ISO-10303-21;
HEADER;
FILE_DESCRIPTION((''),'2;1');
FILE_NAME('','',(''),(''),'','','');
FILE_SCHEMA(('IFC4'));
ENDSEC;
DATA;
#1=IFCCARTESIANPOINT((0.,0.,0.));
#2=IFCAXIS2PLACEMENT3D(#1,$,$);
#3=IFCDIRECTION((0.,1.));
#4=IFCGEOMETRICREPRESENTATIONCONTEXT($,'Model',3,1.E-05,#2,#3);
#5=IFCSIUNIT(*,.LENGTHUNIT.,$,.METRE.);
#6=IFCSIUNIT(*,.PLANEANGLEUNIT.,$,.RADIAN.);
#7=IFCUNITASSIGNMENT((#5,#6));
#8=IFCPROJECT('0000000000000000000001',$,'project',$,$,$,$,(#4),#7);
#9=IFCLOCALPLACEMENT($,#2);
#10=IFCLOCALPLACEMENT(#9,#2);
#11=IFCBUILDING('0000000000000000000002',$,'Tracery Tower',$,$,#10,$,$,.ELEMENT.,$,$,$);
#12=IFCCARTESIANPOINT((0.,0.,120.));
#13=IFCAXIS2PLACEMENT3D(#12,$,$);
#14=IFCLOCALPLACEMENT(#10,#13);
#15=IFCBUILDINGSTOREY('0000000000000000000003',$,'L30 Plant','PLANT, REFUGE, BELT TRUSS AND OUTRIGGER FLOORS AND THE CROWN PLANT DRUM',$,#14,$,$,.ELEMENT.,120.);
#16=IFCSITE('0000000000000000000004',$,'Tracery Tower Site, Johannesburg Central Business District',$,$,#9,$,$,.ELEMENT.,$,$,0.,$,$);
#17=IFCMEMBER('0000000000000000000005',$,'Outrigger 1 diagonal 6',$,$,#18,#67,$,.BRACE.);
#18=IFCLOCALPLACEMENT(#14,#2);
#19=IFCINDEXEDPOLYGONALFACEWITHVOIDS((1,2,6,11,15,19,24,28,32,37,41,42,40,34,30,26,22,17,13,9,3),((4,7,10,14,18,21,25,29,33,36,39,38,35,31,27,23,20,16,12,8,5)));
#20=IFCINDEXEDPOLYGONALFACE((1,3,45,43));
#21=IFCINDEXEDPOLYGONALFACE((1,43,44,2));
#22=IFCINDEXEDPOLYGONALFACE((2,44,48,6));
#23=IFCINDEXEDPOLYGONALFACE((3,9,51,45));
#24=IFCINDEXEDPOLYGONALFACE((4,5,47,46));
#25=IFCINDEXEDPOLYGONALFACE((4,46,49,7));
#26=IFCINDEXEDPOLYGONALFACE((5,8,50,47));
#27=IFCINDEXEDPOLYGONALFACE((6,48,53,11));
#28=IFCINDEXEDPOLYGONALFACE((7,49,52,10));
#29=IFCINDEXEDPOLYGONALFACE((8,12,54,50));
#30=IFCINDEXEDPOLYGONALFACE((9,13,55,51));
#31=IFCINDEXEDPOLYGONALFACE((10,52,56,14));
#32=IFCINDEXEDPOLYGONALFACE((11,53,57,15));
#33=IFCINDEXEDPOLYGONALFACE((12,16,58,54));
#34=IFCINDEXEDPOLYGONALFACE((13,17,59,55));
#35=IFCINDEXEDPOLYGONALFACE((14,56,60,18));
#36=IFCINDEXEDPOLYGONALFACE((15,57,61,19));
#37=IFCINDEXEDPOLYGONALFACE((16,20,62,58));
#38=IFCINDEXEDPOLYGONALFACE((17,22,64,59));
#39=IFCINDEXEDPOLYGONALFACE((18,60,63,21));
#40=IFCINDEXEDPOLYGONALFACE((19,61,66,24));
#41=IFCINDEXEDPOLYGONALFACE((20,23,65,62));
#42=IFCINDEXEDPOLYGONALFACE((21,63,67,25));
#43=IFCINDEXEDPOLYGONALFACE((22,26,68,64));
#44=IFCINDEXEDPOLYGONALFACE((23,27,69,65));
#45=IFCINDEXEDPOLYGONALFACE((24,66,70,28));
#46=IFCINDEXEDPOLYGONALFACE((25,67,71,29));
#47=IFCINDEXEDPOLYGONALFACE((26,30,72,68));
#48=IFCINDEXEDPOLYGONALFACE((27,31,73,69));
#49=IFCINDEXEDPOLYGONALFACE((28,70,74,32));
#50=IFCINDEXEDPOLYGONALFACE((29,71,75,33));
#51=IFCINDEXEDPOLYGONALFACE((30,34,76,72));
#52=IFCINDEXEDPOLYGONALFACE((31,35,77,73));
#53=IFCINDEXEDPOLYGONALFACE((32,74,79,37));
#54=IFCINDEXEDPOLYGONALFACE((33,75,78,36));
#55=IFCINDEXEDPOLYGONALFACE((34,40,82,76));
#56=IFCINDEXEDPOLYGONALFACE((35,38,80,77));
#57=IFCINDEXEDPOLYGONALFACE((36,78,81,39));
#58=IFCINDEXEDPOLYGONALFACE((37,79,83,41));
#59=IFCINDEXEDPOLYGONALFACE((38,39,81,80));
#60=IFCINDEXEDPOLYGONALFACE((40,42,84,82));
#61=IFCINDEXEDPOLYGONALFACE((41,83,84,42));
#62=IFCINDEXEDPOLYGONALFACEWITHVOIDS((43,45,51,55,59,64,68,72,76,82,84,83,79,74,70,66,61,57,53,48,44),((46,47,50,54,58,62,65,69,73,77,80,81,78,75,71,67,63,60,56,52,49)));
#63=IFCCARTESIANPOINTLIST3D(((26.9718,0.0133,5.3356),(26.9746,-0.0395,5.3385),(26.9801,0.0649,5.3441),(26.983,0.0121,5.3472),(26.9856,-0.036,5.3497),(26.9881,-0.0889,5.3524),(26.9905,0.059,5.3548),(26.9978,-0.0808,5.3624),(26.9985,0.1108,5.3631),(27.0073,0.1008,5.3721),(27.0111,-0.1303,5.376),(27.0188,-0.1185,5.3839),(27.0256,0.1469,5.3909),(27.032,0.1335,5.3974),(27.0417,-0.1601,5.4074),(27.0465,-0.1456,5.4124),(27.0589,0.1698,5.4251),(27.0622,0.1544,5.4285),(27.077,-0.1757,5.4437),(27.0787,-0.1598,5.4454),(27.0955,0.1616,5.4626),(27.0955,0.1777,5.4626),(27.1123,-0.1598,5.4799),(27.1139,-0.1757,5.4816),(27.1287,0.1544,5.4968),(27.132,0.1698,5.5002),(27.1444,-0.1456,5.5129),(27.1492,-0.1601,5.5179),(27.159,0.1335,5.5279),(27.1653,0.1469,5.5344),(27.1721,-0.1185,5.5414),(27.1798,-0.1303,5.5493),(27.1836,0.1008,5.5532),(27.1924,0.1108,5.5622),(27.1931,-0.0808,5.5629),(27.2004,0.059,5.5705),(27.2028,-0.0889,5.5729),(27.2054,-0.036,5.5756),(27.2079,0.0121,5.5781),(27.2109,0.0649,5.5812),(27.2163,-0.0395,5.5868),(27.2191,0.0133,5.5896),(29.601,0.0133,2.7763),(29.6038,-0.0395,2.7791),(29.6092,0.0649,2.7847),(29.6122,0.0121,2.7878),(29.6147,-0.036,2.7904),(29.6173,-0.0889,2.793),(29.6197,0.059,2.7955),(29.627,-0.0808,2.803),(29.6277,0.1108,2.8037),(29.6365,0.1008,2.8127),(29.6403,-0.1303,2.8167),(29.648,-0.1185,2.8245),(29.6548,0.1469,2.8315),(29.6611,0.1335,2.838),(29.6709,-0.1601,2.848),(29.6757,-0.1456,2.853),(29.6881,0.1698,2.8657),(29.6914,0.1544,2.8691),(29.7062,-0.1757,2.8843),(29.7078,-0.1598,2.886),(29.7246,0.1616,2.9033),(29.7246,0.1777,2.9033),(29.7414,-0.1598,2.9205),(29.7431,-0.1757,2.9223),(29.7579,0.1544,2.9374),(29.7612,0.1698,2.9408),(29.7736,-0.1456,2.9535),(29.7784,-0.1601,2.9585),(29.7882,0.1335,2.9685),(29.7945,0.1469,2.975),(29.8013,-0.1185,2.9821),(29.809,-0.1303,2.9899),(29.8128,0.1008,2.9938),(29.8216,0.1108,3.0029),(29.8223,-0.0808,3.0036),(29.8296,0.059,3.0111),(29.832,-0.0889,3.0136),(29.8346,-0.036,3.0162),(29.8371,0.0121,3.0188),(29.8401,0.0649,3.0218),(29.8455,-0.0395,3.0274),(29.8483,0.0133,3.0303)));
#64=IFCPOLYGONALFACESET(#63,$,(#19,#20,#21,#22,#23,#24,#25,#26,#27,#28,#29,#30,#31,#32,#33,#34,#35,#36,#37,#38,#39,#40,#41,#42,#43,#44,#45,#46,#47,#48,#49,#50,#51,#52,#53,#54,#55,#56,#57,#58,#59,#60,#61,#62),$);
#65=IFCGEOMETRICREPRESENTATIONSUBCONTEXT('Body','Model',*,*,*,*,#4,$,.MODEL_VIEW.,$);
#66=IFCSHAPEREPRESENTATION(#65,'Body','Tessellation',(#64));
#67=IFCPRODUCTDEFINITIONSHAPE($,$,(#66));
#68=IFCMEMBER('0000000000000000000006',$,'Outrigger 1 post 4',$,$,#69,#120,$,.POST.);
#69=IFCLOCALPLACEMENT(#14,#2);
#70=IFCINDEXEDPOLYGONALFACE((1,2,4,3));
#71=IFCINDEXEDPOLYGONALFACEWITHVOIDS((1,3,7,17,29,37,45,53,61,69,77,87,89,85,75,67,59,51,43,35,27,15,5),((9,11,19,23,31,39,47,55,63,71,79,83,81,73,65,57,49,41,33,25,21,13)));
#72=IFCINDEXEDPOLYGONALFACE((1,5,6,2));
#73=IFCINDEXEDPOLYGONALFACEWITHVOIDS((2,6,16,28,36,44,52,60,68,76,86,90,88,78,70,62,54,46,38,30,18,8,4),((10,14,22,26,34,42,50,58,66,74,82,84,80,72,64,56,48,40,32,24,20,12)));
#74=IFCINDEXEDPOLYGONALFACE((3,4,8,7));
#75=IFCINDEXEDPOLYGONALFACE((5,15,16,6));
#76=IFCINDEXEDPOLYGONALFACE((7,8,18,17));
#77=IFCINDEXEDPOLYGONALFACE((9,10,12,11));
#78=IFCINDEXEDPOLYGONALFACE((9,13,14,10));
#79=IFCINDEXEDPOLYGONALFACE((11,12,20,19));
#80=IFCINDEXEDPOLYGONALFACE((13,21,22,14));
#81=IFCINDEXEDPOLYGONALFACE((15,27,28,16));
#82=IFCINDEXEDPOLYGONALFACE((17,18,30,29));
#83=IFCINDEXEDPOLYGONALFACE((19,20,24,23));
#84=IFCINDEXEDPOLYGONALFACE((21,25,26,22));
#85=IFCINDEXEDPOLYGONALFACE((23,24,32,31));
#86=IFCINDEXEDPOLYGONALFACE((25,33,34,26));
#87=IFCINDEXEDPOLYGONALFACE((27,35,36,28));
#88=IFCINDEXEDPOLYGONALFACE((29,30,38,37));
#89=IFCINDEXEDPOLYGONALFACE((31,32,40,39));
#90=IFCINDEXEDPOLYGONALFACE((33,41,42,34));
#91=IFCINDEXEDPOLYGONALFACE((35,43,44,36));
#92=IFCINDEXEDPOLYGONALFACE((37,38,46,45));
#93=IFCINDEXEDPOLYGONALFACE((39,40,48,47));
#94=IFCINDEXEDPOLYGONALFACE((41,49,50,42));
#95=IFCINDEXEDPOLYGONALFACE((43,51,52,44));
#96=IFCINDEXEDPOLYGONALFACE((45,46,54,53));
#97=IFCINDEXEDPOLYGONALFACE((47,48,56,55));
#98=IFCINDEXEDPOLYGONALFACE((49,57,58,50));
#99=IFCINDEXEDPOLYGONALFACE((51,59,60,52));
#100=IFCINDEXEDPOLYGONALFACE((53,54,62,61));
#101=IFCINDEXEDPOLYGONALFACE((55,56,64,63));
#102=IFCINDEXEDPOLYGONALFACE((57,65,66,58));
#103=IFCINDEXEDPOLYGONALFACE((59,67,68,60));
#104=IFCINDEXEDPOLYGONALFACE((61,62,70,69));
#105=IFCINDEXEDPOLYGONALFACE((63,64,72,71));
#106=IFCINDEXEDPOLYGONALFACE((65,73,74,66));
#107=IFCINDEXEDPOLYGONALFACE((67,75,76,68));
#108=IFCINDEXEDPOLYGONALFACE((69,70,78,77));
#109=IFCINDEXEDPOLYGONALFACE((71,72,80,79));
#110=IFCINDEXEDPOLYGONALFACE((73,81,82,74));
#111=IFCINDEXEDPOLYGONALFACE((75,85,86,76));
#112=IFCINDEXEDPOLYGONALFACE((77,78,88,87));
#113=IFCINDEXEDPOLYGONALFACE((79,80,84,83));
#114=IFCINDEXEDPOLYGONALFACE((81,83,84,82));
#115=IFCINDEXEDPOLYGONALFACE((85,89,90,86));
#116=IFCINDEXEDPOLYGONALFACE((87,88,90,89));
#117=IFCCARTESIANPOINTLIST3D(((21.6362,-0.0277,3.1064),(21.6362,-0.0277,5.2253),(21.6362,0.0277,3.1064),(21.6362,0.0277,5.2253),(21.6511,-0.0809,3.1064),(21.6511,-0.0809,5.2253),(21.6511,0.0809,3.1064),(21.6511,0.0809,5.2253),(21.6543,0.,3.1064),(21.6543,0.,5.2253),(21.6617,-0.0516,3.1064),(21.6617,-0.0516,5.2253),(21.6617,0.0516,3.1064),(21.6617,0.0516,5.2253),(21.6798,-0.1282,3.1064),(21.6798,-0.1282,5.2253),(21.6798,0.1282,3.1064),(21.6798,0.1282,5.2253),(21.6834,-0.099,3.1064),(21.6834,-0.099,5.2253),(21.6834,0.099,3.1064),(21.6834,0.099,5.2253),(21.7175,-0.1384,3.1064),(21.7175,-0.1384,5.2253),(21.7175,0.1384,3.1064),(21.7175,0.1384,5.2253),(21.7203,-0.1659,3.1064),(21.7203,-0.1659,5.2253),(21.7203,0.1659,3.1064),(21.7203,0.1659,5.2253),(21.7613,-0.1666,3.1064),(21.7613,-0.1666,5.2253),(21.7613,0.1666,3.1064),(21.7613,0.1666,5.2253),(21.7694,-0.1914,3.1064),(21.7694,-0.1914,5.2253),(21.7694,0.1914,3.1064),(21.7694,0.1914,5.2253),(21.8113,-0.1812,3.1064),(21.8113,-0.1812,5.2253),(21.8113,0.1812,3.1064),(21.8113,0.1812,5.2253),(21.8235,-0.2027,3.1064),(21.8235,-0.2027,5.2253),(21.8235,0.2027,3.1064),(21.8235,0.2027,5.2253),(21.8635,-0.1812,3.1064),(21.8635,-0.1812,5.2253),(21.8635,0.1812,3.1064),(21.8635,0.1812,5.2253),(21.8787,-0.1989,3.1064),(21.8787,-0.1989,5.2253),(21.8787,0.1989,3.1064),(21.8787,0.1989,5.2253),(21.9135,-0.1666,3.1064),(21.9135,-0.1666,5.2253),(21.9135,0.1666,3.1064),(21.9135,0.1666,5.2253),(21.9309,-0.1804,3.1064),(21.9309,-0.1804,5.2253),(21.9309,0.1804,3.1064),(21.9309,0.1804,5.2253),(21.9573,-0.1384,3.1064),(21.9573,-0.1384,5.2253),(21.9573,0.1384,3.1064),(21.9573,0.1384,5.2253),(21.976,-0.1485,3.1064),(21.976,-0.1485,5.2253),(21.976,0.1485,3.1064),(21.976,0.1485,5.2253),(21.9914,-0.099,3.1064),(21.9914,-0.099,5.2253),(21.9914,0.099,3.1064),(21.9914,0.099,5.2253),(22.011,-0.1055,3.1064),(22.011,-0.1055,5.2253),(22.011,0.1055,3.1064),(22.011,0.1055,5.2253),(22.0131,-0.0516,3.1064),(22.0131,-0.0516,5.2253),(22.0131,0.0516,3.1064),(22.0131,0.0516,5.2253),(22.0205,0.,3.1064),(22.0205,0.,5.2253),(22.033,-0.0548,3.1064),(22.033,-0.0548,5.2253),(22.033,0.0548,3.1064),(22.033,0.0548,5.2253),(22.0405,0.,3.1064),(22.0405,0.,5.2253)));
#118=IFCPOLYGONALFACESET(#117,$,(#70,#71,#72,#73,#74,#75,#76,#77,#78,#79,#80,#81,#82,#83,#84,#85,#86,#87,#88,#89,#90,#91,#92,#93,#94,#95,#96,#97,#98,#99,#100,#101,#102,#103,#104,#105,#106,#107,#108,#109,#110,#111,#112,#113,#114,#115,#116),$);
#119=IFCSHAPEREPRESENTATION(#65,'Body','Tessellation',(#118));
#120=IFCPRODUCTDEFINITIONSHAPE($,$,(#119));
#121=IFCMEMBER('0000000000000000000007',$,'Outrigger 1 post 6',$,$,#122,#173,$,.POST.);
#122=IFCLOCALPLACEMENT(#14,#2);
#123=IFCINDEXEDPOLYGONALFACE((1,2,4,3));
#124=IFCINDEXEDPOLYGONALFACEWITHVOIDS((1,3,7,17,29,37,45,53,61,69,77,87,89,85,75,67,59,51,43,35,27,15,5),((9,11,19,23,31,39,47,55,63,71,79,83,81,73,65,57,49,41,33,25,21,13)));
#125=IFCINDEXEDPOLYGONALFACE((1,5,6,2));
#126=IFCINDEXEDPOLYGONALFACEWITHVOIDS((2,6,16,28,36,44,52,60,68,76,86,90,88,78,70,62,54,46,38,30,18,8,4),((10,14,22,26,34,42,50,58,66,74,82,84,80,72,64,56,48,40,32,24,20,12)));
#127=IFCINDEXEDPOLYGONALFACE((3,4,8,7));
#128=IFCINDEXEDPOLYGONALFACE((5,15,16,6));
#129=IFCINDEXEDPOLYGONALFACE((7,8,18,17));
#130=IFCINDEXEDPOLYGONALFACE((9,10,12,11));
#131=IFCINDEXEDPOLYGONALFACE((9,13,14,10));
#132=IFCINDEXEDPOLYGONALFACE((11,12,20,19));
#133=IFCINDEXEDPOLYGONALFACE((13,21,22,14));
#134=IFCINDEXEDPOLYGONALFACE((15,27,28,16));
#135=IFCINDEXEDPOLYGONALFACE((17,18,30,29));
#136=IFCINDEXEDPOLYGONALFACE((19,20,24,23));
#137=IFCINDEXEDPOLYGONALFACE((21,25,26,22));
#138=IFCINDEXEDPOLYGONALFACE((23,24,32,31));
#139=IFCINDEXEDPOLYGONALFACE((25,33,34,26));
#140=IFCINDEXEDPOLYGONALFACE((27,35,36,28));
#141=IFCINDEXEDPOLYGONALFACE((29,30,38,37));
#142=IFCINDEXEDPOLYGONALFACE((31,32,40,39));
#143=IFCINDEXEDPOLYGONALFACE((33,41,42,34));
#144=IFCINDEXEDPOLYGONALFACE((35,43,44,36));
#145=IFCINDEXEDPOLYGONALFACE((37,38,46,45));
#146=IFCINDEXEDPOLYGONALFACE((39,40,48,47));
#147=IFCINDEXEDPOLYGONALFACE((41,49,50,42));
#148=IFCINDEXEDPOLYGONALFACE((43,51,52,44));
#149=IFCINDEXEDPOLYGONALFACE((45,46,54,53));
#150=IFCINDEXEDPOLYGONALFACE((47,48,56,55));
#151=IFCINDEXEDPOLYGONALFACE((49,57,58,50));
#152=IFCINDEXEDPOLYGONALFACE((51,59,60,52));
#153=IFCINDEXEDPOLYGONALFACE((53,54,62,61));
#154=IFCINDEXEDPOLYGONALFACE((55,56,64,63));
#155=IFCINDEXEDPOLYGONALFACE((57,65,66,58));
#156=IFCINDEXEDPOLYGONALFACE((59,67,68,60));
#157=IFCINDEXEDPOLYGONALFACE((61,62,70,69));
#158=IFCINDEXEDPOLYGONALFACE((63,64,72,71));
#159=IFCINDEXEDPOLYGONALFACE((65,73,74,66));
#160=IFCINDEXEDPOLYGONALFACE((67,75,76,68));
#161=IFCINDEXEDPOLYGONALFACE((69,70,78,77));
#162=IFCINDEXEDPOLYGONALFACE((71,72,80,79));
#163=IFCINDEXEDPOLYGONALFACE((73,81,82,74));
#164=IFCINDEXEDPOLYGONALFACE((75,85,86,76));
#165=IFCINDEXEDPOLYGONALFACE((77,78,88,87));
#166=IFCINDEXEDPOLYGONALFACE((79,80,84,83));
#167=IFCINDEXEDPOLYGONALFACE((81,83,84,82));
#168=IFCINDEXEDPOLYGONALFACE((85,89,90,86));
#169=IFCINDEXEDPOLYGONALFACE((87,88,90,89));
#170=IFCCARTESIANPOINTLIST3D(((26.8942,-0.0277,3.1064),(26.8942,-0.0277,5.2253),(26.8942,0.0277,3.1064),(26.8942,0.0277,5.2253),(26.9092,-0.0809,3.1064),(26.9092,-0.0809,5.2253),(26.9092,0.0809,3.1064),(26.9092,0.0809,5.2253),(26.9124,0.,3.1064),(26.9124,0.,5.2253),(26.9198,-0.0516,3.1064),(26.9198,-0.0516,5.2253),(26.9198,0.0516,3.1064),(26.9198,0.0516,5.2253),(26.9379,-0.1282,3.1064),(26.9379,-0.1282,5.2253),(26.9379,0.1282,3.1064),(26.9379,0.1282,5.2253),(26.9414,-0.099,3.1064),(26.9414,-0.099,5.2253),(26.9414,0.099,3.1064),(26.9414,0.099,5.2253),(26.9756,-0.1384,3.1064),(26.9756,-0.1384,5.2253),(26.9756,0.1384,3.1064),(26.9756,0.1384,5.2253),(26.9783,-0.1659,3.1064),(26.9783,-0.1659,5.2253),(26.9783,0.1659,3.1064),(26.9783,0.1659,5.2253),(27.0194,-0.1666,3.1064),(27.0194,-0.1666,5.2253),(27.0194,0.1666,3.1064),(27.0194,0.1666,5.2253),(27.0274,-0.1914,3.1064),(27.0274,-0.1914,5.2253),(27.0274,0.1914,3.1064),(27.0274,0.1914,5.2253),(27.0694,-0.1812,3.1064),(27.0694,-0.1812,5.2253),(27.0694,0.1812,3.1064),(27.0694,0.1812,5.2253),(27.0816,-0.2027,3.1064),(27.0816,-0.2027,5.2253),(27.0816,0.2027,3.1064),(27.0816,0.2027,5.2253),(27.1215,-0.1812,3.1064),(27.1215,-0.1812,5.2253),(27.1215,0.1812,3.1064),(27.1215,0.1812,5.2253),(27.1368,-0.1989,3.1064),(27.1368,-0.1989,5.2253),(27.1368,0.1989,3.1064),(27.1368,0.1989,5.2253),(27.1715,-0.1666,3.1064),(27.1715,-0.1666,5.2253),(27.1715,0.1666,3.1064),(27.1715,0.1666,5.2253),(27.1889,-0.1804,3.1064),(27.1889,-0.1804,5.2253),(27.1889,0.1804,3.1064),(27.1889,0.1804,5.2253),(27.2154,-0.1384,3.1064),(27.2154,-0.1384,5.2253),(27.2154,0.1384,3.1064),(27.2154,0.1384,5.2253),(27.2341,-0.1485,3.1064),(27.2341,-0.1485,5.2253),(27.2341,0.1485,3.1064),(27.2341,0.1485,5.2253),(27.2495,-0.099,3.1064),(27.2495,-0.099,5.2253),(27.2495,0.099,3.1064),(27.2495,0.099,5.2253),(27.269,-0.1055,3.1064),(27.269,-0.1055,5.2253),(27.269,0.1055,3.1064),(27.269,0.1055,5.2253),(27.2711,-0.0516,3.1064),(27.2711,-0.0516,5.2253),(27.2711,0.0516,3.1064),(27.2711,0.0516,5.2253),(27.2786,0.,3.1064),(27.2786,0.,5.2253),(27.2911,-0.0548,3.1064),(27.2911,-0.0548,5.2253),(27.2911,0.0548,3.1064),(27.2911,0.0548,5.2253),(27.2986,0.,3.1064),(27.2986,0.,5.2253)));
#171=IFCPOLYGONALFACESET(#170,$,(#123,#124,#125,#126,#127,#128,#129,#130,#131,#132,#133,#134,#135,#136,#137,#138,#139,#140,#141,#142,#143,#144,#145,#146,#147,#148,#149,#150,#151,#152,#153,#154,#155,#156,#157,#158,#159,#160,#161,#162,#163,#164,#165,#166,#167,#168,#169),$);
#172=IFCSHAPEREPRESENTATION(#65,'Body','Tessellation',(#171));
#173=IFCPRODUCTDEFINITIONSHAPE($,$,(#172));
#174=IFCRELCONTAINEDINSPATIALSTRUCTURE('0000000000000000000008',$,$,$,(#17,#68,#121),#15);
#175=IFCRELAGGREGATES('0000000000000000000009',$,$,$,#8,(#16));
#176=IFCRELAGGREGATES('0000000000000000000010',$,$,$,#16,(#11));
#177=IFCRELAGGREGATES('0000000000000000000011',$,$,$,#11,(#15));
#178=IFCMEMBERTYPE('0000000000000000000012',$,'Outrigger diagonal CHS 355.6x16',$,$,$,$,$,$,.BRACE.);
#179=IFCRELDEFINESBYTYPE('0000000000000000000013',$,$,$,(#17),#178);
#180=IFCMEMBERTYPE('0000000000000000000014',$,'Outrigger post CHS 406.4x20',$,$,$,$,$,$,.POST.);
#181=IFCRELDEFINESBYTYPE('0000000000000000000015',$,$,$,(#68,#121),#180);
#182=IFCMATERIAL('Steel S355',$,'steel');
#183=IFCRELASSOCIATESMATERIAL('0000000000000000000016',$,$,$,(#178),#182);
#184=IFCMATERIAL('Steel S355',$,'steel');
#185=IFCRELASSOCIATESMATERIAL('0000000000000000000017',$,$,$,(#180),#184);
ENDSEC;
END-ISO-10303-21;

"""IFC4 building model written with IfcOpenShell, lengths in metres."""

from ifc_helpers import new_model, si_unit, direction, frame, origin, origin_2d, place, context, subcontext, project, spatial, hollow_circle, extrude, material, material_profile, profile_set, type_object, element, save


model = new_model("IFC4")

# Units and contexts
model_context = context("Model", 3, precision=1e-05, world=origin(), true_north=direction((0.0, 1.0)))
body_context = subcontext(model_context, "Body", "Model", "MODEL_VIEW")
ifc_project = project(units=[si_unit("LENGTHUNIT", "METRE"), si_unit("PLANEANGLEUNIT", "RADIAN")], contexts=[model_context])

# Site, building, storey
site_placement = place(None, origin())
site = spatial("IfcSite", under=ifc_project, at=site_placement, Name="Tracery Tower Site, Johannesburg Central Business District", CompositionType="ELEMENT", RefElevation=0.0)
building_placement = place(site_placement, origin())
building = spatial("IfcBuilding", under=site, at=building_placement, Name="Tracery Tower", CompositionType="ELEMENT")
storey_placement = place(building_placement, frame((0.0, 0.0, 120.0)))
storey = spatial("IfcBuildingStorey", under=building, at=storey_placement, Name="L30 Plant", Description="PLANT, REFUGE, BELT TRUSS AND OUTRIGGER FLOORS AND THE CROWN PLANT DRUM", CompositionType="ELEMENT", Elevation=120.0)

# Members
ifc_material_1 = material(Name="Steel S355", Category="steel")
ifc_material_profile_1 = material_profile(ifc_material_1, hollow_circle(Radius=0.1777, WallThickness=0.0161, at=origin_2d()), Name="CHS 355.6x16")
ifc_profile_set_1 = profile_set([ifc_material_profile_1], Name="Steel S355")
member_type_1 = type_object("IfcMemberType", Name="Outrigger diagonal CHS 355.6x16", PredefinedType="BRACE", material=ifc_profile_set_1)
member_1_placement = place(storey_placement, frame((27.0955, 0.0, 5.4626), z_axis=(0.716558, 0.0, -0.697528), x_axis=(0.0, 1.0, 0.0)))
element("IfcMember", 1, at=member_1_placement, inside=storey, type_object=member_type_1, Name="Outrigger 1 diagonal 6", PredefinedType="BRACE", context=body_context, shape_type="SweptSolid", body=[
    extrude(hollow_circle(Radius=0.1777, WallThickness=0.0161, at=origin_2d()), origin(), (0.0, 0.0, 1.0), 3.6692),
])
ifc_material_2 = material(Name="Steel S355", Category="steel")
ifc_material_profile_2 = material_profile(ifc_material_2, hollow_circle(Radius=0.2031, WallThickness=0.02, at=origin_2d()), Name="CHS 406.4x20")
ifc_profile_set_2 = profile_set([ifc_material_profile_2], Name="Steel S355")
member_type_2 = type_object("IfcMemberType", Name="Outrigger post CHS 406.4x20", PredefinedType="POST", material=ifc_profile_set_2)
for number, where, z_axis, x_axis, name in (
    (2, (21.8374, 0.0, 3.1064), (0.0, 0.0, 1.0), (1.0, 0.0, 0.0), "Outrigger 1 post 4"),
    (3, (27.0955, 0.0, 3.1064), (0.0, 0.0, 1.0), (1.0, 0.0, 0.0), "Outrigger 1 post 6"),
):
    element("IfcMember", number, at=place(storey_placement, frame(where, z_axis=z_axis, x_axis=x_axis)), inside=storey, type_object=member_type_2, Name=name, PredefinedType="POST", context=body_context, shape_type="SweptSolid", body=[
        extrude(hollow_circle(Radius=0.2031, WallThickness=0.02, at=origin_2d()), origin(), (0.0, 0.0, 1.0), 2.1189),
    ])

save(model, "model.ifc")
